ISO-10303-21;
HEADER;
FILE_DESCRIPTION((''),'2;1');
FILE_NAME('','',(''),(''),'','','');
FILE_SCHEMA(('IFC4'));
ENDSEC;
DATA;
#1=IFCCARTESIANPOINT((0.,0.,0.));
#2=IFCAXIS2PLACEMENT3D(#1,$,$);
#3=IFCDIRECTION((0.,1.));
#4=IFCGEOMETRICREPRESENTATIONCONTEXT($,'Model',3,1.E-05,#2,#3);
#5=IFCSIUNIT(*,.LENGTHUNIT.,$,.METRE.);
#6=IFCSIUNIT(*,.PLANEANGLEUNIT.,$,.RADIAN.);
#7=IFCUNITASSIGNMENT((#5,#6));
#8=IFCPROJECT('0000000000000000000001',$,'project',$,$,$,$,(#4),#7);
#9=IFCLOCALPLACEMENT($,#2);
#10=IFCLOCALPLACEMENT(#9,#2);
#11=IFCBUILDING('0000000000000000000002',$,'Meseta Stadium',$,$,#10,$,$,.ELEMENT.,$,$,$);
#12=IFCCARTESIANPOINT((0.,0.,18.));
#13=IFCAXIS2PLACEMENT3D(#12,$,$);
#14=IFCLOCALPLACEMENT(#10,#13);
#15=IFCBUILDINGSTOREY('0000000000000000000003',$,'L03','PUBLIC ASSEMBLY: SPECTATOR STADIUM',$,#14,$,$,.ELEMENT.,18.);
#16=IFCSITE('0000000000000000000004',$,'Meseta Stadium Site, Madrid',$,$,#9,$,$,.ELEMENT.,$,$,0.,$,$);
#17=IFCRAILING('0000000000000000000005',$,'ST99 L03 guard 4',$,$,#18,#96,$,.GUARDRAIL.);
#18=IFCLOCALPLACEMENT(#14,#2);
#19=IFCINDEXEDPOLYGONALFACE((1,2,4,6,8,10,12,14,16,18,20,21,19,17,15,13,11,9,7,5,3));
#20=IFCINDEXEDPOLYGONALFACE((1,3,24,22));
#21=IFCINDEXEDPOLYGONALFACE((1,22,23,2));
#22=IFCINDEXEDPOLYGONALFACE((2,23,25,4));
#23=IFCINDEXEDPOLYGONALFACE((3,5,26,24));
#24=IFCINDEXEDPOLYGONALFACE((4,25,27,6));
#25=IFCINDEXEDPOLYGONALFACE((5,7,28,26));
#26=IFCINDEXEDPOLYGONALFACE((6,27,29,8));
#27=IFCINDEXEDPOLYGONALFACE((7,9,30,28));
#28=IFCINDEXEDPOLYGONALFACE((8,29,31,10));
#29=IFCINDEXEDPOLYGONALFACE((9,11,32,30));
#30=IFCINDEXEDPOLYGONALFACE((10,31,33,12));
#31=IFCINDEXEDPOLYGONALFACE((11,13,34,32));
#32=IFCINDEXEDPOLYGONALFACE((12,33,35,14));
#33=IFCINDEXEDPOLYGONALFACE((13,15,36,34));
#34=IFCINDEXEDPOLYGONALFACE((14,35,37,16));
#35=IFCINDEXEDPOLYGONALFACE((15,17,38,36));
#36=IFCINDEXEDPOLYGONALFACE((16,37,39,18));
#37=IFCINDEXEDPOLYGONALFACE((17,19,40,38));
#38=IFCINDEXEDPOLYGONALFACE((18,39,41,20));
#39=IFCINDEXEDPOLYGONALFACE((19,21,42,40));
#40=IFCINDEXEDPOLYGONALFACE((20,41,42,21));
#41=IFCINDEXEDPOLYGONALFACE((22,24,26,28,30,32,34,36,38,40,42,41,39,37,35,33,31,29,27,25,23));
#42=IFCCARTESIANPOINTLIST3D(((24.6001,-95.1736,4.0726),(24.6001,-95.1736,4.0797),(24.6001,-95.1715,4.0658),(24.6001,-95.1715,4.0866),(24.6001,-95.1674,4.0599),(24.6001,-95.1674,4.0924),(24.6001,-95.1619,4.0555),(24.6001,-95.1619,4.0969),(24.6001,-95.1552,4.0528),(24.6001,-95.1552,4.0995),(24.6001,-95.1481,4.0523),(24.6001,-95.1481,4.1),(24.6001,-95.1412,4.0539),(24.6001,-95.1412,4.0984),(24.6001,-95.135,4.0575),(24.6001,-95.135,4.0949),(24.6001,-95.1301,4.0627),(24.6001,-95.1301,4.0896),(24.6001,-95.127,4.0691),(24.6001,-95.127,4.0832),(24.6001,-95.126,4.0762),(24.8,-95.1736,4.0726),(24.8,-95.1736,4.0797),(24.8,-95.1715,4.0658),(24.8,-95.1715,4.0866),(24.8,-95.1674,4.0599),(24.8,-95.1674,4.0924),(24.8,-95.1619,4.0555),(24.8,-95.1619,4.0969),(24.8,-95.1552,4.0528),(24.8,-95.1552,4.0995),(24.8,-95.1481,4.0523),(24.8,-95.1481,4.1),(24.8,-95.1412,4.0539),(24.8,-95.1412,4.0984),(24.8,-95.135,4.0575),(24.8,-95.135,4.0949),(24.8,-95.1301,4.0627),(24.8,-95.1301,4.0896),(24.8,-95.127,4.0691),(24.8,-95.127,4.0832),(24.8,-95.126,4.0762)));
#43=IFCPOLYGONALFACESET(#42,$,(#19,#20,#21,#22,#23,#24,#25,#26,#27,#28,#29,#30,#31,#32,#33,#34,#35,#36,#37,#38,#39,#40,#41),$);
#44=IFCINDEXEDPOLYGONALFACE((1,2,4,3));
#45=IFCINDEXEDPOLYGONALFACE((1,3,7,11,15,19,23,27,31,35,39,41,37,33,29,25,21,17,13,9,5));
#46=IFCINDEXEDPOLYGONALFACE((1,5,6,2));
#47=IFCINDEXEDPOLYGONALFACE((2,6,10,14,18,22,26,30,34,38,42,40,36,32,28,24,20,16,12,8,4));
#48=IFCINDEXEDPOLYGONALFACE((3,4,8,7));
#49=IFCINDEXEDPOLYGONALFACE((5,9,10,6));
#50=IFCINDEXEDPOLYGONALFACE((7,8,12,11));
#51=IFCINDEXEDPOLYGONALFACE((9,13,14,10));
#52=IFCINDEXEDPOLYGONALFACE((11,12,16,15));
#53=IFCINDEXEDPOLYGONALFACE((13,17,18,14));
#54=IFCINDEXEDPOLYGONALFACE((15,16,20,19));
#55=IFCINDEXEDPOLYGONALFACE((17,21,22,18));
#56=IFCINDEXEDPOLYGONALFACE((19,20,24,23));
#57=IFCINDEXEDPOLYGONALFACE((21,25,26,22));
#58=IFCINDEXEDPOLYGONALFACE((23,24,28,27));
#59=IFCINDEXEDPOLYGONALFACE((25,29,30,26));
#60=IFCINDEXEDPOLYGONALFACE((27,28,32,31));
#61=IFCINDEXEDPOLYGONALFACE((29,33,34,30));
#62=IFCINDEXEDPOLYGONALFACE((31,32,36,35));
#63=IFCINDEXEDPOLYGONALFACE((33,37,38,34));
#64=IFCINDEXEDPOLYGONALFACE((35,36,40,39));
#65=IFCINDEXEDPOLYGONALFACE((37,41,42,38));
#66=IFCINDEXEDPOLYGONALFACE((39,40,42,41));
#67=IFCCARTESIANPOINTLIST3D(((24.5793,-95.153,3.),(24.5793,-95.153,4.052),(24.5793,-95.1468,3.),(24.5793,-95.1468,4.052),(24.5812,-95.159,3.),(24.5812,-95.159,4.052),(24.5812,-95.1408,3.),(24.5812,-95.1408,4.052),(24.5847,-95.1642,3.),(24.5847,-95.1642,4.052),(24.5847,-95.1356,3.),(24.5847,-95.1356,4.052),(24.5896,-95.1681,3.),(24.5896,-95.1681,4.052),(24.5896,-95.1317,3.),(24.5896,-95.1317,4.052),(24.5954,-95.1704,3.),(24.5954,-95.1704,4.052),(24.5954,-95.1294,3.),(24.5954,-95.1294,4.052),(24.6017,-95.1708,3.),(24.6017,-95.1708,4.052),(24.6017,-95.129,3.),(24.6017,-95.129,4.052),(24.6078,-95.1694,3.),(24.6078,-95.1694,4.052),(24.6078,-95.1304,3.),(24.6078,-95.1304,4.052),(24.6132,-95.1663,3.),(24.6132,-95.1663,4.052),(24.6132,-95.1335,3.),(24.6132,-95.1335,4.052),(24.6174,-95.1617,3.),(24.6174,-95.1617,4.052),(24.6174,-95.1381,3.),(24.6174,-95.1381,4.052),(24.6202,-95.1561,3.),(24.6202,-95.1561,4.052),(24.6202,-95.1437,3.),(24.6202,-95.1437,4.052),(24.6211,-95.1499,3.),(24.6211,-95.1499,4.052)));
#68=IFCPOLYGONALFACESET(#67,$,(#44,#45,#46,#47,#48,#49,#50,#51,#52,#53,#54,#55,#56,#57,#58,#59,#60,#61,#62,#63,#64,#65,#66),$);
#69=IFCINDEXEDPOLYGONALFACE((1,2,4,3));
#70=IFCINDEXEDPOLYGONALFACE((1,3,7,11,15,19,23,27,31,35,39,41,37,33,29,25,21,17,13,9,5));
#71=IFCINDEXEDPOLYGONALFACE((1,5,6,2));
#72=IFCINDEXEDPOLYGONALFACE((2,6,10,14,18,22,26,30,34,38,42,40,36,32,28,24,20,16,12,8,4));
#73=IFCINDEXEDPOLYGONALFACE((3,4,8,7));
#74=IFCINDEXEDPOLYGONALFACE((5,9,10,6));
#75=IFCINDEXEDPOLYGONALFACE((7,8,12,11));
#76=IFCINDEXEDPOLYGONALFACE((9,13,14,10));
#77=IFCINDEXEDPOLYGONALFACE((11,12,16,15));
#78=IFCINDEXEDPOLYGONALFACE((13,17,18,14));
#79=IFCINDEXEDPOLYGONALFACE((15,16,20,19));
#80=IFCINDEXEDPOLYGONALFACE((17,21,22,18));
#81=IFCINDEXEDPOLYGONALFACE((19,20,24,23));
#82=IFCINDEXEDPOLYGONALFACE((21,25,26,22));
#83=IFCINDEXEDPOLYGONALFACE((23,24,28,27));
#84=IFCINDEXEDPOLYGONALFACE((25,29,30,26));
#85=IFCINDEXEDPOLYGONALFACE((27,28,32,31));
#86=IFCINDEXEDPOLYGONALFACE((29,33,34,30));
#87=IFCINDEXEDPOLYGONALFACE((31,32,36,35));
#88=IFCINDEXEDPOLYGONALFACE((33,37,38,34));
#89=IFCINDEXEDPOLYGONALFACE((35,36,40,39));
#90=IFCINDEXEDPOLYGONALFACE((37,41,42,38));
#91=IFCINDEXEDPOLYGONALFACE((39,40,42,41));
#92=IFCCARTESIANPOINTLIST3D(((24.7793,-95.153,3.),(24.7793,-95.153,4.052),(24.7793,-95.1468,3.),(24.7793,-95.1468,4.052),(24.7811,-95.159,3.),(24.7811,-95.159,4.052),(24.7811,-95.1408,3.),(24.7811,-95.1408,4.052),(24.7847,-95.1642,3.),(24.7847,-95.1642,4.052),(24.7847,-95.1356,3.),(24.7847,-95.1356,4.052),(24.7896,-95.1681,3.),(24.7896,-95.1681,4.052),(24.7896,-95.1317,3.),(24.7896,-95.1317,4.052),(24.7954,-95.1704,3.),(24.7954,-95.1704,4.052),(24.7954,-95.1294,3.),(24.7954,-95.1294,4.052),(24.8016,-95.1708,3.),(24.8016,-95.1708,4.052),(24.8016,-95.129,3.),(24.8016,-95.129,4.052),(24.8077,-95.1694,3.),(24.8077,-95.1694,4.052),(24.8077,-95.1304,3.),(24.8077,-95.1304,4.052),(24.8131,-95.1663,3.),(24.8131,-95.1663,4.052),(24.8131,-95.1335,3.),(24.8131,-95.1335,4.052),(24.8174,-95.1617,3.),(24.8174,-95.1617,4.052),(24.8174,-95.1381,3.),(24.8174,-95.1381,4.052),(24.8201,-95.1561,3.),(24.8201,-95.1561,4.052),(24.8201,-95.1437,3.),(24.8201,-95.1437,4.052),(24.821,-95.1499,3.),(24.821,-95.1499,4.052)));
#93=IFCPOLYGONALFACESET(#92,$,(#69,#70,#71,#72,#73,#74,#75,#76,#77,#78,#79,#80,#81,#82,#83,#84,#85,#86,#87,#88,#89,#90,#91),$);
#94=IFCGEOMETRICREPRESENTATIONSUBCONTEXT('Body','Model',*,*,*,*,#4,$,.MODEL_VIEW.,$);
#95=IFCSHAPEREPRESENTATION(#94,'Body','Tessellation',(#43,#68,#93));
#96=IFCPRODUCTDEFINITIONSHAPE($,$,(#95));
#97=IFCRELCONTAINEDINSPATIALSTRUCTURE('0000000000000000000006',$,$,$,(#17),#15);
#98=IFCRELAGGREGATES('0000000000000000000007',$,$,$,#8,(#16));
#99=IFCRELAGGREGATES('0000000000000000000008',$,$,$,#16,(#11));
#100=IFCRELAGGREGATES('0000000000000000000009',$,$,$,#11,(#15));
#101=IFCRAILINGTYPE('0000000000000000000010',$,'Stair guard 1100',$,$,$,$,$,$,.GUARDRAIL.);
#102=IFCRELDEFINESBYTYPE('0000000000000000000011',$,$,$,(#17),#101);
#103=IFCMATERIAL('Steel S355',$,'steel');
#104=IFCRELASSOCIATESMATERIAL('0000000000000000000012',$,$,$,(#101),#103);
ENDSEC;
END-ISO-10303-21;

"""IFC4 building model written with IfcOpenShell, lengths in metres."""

from ifc_helpers import new_model, si_unit, direction, frame, origin, origin_2d, place, context, subcontext, project, spatial, circle, extrude, material, type_object, element, save


model = new_model("IFC4")

# Units and contexts
model_context = context("Model", 3, precision=1e-05, world=origin(), true_north=direction((0.0, 1.0)))
body_context = subcontext(model_context, "Body", "Model", "MODEL_VIEW")
ifc_project = project(units=[si_unit("LENGTHUNIT", "METRE"), si_unit("PLANEANGLEUNIT", "RADIAN")], contexts=[model_context])

# Site, building, storey
site_placement = place(None, origin())
site = spatial("IfcSite", under=ifc_project, at=site_placement, Name="Meseta Stadium Site, Madrid", CompositionType="ELEMENT", RefElevation=0.0)
building_placement = place(site_placement, origin())
building = spatial("IfcBuilding", under=site, at=building_placement, Name="Meseta Stadium", CompositionType="ELEMENT")
storey_placement = place(building_placement, frame((0.0, 0.0, 18.0)))
storey = spatial("IfcBuildingStorey", under=building, at=storey_placement, Name="L03", Description="PUBLIC ASSEMBLY: SPECTATOR STADIUM", CompositionType="ELEMENT", Elevation=18.0)

# Railing
ifc_material_1 = material(Name="Steel S355", Category="steel")
railing_type_1 = type_object("IfcRailingType", Name="Stair guard 1100", PredefinedType="GUARDRAIL", material=ifc_material_1)
railing_1_placement = place(storey_placement, frame((24.6001, -95.1499, 3.0)))
element("IfcRailing", 1, at=railing_1_placement, inside=storey, type_object=railing_type_1, Name="ST99 L03 guard 4", PredefinedType="GUARDRAIL", context=body_context, shape_type="SweptSolid", body=[
    extrude(circle(Radius=0.0239, at=origin_2d()), frame((0.0, 0.0, 1.0762), z_axis=(1.0, 0.0, 0.0), x_axis=(0.0, 1.0, 0.0)), (0.0, 0.0, 1.0), 0.2),
    extrude(circle(Radius=0.021, at=origin_2d()), origin(), (0.0, 0.0, 1.0), 1.052),
    extrude(circle(Radius=0.021, at=origin_2d()), frame((0.2, 0.0, 0.0)), (0.0, 0.0, 1.0), 1.052),
])

save(model, "model.ifc")
